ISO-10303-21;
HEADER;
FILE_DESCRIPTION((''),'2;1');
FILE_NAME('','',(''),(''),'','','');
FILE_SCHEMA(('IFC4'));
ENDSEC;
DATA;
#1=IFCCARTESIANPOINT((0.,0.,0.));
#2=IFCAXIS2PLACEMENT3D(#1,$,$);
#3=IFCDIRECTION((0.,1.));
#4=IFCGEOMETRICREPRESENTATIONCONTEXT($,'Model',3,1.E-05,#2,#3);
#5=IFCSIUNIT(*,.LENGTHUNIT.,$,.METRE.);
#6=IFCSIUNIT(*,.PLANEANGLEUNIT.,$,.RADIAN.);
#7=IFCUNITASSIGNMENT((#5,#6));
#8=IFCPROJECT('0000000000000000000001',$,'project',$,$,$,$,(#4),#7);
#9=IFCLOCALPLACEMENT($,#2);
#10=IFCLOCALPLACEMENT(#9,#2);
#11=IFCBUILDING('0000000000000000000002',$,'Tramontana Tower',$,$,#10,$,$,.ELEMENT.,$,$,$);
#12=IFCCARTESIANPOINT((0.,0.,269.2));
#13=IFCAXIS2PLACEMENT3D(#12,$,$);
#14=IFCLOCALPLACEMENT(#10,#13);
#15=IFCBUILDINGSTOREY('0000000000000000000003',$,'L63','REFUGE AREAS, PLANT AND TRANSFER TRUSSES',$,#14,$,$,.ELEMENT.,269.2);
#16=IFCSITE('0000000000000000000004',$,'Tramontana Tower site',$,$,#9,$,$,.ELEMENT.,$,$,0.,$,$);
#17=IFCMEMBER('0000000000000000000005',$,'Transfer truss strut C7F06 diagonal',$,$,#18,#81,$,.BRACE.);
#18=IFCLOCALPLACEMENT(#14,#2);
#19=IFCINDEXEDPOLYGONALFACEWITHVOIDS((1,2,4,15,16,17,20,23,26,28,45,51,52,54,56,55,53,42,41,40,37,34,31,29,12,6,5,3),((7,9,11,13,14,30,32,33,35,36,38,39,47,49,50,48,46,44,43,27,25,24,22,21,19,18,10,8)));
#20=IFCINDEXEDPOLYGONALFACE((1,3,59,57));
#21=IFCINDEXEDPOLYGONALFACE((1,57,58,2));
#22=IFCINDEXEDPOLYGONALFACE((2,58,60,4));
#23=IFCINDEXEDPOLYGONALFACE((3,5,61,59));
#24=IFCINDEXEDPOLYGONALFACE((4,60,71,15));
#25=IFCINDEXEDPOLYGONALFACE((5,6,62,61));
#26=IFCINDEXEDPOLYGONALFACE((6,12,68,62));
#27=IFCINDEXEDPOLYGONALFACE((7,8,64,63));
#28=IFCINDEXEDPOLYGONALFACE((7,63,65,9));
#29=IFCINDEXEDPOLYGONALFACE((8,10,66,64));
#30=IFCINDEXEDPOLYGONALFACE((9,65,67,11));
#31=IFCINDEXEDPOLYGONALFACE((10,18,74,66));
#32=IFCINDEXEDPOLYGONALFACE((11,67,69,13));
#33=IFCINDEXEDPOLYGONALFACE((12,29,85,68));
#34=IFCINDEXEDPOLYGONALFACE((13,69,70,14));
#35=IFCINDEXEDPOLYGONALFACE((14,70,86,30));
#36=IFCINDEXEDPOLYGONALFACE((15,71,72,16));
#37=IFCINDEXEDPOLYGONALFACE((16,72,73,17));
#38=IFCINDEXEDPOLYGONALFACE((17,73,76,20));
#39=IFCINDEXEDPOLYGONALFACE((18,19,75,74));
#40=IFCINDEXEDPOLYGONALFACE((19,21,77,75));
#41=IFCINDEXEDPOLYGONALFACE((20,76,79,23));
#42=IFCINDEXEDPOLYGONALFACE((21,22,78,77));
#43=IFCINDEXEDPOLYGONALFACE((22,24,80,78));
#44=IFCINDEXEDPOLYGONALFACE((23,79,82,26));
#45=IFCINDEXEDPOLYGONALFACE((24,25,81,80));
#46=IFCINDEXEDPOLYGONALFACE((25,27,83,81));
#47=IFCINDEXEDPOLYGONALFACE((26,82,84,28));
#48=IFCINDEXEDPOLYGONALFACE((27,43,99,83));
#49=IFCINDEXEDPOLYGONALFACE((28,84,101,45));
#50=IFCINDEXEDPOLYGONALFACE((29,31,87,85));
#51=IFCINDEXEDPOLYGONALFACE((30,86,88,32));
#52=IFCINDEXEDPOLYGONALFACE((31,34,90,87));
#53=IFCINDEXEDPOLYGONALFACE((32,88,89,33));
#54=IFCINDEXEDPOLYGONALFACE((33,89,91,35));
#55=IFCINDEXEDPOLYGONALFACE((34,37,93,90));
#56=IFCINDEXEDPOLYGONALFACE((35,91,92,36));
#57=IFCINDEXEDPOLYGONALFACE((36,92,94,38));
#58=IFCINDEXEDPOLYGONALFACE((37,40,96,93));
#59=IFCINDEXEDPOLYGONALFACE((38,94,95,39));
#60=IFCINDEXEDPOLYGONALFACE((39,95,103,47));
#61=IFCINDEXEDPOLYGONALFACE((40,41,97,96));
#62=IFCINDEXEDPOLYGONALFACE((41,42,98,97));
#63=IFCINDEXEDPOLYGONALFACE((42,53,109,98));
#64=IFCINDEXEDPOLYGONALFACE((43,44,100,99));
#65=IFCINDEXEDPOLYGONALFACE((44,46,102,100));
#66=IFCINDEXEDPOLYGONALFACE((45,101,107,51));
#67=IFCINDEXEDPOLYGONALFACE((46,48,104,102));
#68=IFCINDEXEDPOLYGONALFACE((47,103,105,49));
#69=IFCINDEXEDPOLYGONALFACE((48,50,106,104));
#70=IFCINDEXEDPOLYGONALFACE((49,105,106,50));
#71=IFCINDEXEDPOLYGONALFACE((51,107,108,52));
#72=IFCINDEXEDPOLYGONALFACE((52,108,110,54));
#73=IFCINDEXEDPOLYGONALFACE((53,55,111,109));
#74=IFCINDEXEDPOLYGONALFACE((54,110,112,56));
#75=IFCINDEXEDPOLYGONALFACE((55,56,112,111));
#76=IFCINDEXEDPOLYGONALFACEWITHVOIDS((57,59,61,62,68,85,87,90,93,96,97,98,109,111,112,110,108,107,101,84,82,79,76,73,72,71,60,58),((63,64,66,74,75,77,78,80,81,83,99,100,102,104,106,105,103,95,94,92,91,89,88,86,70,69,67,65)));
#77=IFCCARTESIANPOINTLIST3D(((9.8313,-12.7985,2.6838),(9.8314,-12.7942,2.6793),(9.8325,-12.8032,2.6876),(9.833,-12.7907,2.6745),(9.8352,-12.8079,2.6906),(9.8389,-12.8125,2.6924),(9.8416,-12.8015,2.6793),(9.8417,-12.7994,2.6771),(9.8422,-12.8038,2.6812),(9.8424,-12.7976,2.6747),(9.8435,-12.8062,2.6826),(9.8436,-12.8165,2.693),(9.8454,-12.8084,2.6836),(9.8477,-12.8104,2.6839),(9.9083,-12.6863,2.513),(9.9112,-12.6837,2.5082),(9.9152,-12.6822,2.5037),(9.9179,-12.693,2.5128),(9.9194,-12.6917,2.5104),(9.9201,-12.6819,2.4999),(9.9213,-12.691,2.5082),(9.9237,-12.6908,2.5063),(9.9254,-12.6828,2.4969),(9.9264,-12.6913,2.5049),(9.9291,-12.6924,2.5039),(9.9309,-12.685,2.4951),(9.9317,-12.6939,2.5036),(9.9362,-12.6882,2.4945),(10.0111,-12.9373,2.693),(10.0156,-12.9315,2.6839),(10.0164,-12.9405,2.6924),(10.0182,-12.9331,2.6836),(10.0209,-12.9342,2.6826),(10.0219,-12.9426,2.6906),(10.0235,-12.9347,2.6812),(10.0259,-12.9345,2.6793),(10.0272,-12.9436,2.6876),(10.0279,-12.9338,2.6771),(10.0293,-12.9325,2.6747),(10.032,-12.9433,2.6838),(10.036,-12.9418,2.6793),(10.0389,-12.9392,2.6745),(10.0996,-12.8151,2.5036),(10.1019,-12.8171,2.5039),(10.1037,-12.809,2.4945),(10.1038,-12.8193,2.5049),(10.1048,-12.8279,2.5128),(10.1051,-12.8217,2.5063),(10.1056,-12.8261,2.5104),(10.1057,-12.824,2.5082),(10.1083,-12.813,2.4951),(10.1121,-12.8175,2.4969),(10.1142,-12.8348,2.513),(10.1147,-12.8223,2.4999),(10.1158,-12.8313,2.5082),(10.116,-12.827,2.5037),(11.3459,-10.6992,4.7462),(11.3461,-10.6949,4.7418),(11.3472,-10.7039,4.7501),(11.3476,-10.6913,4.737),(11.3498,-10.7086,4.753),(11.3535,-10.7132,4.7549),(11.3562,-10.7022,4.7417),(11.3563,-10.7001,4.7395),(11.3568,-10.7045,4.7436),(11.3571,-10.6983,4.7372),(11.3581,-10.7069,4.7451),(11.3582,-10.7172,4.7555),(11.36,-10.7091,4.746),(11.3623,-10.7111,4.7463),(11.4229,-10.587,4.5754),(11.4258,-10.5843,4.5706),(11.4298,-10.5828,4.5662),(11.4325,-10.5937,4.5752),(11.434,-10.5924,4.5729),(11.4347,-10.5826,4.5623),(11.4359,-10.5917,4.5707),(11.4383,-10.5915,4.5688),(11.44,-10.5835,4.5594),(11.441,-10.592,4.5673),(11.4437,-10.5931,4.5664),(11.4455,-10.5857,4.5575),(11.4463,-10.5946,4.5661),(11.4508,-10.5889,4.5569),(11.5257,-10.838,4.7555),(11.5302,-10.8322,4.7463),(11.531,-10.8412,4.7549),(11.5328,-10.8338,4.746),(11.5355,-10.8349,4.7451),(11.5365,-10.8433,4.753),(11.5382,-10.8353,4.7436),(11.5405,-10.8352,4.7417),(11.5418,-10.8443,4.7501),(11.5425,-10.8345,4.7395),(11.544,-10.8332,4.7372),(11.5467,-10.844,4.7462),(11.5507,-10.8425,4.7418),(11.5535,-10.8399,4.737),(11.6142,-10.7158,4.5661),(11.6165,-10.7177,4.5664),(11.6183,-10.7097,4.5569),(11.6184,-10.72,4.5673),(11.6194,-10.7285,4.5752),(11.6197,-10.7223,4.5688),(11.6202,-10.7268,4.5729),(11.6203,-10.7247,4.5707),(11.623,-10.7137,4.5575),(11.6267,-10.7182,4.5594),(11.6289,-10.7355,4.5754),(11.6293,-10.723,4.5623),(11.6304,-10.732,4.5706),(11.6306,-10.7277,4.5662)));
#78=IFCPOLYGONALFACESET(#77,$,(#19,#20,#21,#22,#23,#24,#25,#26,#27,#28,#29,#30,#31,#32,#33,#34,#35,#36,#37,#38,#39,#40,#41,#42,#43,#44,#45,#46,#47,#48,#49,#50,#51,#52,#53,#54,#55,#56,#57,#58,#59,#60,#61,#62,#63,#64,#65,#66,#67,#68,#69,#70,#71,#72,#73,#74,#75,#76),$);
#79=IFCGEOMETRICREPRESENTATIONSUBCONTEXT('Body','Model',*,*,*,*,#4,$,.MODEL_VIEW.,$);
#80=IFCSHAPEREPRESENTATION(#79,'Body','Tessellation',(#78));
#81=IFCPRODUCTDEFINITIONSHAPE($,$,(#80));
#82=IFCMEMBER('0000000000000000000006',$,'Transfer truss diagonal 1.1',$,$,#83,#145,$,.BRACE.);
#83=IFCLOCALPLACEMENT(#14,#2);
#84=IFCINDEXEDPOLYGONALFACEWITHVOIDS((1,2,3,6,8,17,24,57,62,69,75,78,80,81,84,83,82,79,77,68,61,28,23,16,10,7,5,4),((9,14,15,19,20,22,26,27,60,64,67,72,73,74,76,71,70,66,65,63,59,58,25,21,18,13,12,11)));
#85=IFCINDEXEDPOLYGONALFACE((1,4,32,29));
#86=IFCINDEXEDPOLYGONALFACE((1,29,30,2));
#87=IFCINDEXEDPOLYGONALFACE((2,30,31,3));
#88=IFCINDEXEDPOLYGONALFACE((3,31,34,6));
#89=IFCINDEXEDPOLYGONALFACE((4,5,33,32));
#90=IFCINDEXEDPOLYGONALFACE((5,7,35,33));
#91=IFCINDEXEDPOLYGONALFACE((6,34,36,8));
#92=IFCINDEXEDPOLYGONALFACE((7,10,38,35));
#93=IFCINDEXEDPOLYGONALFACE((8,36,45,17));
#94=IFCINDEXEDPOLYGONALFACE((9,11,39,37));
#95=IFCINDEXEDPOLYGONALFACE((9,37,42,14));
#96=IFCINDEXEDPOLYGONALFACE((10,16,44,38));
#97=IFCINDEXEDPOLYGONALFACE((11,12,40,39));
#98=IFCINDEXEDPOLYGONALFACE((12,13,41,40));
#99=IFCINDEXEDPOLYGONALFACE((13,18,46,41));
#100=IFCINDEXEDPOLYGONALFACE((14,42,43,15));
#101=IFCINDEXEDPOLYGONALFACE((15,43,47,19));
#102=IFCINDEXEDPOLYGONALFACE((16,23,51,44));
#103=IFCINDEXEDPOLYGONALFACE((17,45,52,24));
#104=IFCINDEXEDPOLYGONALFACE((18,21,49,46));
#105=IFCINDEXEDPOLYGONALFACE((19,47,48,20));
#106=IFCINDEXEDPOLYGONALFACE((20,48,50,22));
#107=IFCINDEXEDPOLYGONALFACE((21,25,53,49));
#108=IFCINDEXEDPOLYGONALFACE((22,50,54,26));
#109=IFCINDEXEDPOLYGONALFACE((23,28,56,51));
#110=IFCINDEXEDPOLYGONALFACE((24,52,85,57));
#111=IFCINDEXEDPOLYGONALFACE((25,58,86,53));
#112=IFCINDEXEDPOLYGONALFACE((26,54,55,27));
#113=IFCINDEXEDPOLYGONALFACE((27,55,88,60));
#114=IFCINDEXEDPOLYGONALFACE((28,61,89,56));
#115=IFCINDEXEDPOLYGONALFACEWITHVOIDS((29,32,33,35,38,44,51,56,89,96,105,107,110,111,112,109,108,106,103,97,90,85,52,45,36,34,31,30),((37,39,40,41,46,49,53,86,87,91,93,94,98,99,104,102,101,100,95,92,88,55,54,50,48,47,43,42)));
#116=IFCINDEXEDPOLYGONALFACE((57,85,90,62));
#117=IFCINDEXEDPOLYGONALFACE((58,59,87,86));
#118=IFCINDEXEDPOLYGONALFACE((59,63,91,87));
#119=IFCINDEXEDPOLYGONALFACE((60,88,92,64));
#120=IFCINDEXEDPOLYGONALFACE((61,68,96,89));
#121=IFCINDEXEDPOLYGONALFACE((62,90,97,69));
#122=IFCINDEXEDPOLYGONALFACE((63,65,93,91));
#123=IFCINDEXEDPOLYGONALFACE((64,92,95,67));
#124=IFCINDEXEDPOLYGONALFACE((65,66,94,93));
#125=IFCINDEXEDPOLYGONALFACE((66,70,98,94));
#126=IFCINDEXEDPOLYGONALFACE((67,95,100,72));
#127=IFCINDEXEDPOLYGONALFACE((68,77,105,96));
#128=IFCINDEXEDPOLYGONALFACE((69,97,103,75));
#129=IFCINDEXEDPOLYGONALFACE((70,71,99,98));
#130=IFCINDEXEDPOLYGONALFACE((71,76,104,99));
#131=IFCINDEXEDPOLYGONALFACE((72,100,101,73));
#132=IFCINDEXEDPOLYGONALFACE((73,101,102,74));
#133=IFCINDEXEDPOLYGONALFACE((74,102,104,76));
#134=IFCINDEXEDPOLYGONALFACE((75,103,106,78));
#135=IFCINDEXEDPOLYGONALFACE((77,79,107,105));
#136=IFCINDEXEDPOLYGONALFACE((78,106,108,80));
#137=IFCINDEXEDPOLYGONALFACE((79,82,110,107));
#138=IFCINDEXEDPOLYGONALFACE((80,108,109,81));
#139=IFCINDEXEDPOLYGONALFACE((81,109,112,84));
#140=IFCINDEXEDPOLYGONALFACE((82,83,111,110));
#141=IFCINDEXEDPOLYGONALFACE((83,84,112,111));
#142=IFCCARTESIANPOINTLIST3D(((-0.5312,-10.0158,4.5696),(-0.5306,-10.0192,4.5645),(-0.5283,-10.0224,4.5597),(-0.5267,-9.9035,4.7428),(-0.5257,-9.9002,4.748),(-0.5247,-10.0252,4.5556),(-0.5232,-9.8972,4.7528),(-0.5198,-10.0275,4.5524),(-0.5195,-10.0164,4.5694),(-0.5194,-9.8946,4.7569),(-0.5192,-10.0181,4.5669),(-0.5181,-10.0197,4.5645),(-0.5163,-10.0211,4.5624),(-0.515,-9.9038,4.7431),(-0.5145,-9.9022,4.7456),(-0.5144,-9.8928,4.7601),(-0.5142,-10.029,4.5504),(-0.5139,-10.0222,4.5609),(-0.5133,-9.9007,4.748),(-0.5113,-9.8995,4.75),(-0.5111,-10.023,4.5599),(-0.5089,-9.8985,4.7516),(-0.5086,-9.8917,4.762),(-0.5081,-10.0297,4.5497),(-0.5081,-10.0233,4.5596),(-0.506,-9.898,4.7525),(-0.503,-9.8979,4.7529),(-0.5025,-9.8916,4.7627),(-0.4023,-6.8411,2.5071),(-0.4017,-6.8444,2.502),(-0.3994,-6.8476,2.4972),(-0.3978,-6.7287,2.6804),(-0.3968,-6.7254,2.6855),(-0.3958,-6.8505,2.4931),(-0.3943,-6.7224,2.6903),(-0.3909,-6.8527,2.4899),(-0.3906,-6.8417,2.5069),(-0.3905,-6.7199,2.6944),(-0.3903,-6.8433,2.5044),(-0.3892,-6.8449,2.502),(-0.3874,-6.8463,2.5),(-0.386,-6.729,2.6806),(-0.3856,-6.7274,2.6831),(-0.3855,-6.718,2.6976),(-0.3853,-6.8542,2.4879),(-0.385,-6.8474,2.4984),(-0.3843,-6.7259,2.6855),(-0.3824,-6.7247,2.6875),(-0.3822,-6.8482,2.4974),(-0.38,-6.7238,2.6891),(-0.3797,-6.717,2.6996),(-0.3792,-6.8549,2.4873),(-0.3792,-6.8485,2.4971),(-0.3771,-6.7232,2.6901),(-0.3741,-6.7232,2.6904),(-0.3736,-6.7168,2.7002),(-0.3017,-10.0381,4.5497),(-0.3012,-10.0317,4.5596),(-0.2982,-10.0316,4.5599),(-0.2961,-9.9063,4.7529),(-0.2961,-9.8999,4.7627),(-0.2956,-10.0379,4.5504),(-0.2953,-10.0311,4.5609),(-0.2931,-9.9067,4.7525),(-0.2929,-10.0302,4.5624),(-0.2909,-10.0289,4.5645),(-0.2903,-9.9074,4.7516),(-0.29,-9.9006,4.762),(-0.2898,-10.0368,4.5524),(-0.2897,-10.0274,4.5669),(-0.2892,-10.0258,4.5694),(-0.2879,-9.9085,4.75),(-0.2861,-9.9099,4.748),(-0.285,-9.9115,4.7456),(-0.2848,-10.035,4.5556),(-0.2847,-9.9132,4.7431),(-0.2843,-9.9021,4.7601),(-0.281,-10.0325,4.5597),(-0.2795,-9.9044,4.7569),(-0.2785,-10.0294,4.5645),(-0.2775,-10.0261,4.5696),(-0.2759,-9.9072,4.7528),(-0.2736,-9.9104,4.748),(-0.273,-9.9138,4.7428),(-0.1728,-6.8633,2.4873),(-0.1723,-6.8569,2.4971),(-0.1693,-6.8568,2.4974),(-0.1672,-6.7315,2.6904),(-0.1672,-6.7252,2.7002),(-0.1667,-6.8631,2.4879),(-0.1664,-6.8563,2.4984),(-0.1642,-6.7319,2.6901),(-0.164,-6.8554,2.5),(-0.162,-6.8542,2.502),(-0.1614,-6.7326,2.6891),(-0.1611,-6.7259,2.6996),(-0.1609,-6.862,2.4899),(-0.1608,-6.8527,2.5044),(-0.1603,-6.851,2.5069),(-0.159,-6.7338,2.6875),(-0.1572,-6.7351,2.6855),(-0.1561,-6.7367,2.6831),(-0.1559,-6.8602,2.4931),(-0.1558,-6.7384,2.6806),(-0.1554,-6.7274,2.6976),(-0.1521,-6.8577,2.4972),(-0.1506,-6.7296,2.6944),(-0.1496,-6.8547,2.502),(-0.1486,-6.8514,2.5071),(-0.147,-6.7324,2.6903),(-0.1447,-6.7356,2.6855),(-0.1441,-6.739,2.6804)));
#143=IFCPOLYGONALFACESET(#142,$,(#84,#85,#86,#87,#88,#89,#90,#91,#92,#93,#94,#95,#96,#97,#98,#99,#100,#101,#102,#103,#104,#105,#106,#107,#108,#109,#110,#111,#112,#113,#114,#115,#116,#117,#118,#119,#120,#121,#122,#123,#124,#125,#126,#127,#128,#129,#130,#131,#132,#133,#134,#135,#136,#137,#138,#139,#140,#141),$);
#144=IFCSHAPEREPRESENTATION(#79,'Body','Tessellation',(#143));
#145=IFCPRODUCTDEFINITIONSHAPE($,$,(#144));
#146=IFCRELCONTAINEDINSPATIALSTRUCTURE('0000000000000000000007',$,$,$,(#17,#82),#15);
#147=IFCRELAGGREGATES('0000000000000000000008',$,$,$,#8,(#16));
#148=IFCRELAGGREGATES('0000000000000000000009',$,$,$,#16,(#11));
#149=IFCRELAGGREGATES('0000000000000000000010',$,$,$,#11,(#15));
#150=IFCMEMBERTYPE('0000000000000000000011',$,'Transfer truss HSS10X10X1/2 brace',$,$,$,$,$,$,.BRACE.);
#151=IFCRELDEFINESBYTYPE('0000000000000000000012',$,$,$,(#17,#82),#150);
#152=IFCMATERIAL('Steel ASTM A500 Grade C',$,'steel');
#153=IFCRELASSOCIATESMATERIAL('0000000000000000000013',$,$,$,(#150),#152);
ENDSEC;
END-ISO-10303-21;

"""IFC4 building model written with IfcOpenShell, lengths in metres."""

from ifc_helpers import new_model, si_unit, direction, frame, origin, origin_2d, place, context, subcontext, project, spatial, hollow_rectangle, extrude, material, material_profile, profile_set, type_object, element, save


model = new_model("IFC4")

# Units and contexts
model_context = context("Model", 3, precision=1e-05, world=origin(), true_north=direction((0.0, 1.0)))
body_context = subcontext(model_context, "Body", "Model", "MODEL_VIEW")
ifc_project = project(units=[si_unit("LENGTHUNIT", "METRE"), si_unit("PLANEANGLEUNIT", "RADIAN")], contexts=[model_context])

# Site, building, storey
site_placement = place(None, origin())
site = spatial("IfcSite", under=ifc_project, at=site_placement, Name="Tramontana Tower site", CompositionType="ELEMENT", RefElevation=0.0)
building_placement = place(site_placement, origin())
building = spatial("IfcBuilding", under=site, at=building_placement, Name="Tramontana Tower", CompositionType="ELEMENT")
storey_placement = place(building_placement, frame((0.0, 0.0, 269.2)))
storey = spatial("IfcBuildingStorey", under=building, at=storey_placement, Name="L63", Description="REFUGE AREAS, PLANT AND TRANSFER TRUSSES", CompositionType="ELEMENT", Elevation=269.2)

# Members
ifc_material_1 = material(Name="Steel ASTM A500 Grade C", Category="steel")
ifc_material_profile_1 = material_profile(ifc_material_1, hollow_rectangle(XDim=0.2539, YDim=0.2539, WallThickness=0.0117, InnerFilletRadius=0.0117, OuterFilletRadius=0.0237, at=origin_2d()), Name="HSS10X10X1/2")
ifc_profile_set_1 = profile_set([ifc_material_profile_1], Name="Steel ASTM A500 Grade C")
member_type_1 = type_object("IfcMemberType", Name="Transfer truss HSS10X10X1/2 brace", PredefinedType="BRACE", material=ifc_profile_set_1)
member_1_placement = place(storey_placement, frame((9.9736, -12.8127, 2.5938), z_axis=(0.457612, 0.63427, 0.623132), x_axis=(-0.810965, 0.585094, 0.0)))
element("IfcMember", 1, at=member_1_placement, inside=storey, type_object=member_type_1, Name="Transfer truss strut C7F06 diagonal", PredefinedType="BRACE", context=body_context, shape_type="SweptSolid", body=[
    extrude(hollow_rectangle(XDim=0.2539, YDim=0.2539, WallThickness=0.0117, InnerFilletRadius=0.0117, OuterFilletRadius=0.0237, at=origin_2d()), origin(), (0.0, 0.0, 1.0), 3.3098),
])
for number, where, z_axis, x_axis, name in (
    (2, (-0.2732, -6.79, 2.5938), (-0.034029, -0.838093, 0.544464), (0.999177, -0.040569, 0.0), "Transfer truss diagonal 1.1"),
):
    element("IfcMember", number, at=place(storey_placement, frame(where, z_axis=z_axis, x_axis=x_axis)), inside=storey, type_object=member_type_1, Name=name, PredefinedType="BRACE", context=body_context, shape_type="SweptSolid", body=[
        extrude(hollow_rectangle(XDim=0.2539, YDim=0.2539, WallThickness=0.0117, InnerFilletRadius=0.0117, OuterFilletRadius=0.0237, at=origin_2d()), origin(), (0.0, 0.0, 1.0), 3.7881),
    ])

save(model, "model.ifc")
